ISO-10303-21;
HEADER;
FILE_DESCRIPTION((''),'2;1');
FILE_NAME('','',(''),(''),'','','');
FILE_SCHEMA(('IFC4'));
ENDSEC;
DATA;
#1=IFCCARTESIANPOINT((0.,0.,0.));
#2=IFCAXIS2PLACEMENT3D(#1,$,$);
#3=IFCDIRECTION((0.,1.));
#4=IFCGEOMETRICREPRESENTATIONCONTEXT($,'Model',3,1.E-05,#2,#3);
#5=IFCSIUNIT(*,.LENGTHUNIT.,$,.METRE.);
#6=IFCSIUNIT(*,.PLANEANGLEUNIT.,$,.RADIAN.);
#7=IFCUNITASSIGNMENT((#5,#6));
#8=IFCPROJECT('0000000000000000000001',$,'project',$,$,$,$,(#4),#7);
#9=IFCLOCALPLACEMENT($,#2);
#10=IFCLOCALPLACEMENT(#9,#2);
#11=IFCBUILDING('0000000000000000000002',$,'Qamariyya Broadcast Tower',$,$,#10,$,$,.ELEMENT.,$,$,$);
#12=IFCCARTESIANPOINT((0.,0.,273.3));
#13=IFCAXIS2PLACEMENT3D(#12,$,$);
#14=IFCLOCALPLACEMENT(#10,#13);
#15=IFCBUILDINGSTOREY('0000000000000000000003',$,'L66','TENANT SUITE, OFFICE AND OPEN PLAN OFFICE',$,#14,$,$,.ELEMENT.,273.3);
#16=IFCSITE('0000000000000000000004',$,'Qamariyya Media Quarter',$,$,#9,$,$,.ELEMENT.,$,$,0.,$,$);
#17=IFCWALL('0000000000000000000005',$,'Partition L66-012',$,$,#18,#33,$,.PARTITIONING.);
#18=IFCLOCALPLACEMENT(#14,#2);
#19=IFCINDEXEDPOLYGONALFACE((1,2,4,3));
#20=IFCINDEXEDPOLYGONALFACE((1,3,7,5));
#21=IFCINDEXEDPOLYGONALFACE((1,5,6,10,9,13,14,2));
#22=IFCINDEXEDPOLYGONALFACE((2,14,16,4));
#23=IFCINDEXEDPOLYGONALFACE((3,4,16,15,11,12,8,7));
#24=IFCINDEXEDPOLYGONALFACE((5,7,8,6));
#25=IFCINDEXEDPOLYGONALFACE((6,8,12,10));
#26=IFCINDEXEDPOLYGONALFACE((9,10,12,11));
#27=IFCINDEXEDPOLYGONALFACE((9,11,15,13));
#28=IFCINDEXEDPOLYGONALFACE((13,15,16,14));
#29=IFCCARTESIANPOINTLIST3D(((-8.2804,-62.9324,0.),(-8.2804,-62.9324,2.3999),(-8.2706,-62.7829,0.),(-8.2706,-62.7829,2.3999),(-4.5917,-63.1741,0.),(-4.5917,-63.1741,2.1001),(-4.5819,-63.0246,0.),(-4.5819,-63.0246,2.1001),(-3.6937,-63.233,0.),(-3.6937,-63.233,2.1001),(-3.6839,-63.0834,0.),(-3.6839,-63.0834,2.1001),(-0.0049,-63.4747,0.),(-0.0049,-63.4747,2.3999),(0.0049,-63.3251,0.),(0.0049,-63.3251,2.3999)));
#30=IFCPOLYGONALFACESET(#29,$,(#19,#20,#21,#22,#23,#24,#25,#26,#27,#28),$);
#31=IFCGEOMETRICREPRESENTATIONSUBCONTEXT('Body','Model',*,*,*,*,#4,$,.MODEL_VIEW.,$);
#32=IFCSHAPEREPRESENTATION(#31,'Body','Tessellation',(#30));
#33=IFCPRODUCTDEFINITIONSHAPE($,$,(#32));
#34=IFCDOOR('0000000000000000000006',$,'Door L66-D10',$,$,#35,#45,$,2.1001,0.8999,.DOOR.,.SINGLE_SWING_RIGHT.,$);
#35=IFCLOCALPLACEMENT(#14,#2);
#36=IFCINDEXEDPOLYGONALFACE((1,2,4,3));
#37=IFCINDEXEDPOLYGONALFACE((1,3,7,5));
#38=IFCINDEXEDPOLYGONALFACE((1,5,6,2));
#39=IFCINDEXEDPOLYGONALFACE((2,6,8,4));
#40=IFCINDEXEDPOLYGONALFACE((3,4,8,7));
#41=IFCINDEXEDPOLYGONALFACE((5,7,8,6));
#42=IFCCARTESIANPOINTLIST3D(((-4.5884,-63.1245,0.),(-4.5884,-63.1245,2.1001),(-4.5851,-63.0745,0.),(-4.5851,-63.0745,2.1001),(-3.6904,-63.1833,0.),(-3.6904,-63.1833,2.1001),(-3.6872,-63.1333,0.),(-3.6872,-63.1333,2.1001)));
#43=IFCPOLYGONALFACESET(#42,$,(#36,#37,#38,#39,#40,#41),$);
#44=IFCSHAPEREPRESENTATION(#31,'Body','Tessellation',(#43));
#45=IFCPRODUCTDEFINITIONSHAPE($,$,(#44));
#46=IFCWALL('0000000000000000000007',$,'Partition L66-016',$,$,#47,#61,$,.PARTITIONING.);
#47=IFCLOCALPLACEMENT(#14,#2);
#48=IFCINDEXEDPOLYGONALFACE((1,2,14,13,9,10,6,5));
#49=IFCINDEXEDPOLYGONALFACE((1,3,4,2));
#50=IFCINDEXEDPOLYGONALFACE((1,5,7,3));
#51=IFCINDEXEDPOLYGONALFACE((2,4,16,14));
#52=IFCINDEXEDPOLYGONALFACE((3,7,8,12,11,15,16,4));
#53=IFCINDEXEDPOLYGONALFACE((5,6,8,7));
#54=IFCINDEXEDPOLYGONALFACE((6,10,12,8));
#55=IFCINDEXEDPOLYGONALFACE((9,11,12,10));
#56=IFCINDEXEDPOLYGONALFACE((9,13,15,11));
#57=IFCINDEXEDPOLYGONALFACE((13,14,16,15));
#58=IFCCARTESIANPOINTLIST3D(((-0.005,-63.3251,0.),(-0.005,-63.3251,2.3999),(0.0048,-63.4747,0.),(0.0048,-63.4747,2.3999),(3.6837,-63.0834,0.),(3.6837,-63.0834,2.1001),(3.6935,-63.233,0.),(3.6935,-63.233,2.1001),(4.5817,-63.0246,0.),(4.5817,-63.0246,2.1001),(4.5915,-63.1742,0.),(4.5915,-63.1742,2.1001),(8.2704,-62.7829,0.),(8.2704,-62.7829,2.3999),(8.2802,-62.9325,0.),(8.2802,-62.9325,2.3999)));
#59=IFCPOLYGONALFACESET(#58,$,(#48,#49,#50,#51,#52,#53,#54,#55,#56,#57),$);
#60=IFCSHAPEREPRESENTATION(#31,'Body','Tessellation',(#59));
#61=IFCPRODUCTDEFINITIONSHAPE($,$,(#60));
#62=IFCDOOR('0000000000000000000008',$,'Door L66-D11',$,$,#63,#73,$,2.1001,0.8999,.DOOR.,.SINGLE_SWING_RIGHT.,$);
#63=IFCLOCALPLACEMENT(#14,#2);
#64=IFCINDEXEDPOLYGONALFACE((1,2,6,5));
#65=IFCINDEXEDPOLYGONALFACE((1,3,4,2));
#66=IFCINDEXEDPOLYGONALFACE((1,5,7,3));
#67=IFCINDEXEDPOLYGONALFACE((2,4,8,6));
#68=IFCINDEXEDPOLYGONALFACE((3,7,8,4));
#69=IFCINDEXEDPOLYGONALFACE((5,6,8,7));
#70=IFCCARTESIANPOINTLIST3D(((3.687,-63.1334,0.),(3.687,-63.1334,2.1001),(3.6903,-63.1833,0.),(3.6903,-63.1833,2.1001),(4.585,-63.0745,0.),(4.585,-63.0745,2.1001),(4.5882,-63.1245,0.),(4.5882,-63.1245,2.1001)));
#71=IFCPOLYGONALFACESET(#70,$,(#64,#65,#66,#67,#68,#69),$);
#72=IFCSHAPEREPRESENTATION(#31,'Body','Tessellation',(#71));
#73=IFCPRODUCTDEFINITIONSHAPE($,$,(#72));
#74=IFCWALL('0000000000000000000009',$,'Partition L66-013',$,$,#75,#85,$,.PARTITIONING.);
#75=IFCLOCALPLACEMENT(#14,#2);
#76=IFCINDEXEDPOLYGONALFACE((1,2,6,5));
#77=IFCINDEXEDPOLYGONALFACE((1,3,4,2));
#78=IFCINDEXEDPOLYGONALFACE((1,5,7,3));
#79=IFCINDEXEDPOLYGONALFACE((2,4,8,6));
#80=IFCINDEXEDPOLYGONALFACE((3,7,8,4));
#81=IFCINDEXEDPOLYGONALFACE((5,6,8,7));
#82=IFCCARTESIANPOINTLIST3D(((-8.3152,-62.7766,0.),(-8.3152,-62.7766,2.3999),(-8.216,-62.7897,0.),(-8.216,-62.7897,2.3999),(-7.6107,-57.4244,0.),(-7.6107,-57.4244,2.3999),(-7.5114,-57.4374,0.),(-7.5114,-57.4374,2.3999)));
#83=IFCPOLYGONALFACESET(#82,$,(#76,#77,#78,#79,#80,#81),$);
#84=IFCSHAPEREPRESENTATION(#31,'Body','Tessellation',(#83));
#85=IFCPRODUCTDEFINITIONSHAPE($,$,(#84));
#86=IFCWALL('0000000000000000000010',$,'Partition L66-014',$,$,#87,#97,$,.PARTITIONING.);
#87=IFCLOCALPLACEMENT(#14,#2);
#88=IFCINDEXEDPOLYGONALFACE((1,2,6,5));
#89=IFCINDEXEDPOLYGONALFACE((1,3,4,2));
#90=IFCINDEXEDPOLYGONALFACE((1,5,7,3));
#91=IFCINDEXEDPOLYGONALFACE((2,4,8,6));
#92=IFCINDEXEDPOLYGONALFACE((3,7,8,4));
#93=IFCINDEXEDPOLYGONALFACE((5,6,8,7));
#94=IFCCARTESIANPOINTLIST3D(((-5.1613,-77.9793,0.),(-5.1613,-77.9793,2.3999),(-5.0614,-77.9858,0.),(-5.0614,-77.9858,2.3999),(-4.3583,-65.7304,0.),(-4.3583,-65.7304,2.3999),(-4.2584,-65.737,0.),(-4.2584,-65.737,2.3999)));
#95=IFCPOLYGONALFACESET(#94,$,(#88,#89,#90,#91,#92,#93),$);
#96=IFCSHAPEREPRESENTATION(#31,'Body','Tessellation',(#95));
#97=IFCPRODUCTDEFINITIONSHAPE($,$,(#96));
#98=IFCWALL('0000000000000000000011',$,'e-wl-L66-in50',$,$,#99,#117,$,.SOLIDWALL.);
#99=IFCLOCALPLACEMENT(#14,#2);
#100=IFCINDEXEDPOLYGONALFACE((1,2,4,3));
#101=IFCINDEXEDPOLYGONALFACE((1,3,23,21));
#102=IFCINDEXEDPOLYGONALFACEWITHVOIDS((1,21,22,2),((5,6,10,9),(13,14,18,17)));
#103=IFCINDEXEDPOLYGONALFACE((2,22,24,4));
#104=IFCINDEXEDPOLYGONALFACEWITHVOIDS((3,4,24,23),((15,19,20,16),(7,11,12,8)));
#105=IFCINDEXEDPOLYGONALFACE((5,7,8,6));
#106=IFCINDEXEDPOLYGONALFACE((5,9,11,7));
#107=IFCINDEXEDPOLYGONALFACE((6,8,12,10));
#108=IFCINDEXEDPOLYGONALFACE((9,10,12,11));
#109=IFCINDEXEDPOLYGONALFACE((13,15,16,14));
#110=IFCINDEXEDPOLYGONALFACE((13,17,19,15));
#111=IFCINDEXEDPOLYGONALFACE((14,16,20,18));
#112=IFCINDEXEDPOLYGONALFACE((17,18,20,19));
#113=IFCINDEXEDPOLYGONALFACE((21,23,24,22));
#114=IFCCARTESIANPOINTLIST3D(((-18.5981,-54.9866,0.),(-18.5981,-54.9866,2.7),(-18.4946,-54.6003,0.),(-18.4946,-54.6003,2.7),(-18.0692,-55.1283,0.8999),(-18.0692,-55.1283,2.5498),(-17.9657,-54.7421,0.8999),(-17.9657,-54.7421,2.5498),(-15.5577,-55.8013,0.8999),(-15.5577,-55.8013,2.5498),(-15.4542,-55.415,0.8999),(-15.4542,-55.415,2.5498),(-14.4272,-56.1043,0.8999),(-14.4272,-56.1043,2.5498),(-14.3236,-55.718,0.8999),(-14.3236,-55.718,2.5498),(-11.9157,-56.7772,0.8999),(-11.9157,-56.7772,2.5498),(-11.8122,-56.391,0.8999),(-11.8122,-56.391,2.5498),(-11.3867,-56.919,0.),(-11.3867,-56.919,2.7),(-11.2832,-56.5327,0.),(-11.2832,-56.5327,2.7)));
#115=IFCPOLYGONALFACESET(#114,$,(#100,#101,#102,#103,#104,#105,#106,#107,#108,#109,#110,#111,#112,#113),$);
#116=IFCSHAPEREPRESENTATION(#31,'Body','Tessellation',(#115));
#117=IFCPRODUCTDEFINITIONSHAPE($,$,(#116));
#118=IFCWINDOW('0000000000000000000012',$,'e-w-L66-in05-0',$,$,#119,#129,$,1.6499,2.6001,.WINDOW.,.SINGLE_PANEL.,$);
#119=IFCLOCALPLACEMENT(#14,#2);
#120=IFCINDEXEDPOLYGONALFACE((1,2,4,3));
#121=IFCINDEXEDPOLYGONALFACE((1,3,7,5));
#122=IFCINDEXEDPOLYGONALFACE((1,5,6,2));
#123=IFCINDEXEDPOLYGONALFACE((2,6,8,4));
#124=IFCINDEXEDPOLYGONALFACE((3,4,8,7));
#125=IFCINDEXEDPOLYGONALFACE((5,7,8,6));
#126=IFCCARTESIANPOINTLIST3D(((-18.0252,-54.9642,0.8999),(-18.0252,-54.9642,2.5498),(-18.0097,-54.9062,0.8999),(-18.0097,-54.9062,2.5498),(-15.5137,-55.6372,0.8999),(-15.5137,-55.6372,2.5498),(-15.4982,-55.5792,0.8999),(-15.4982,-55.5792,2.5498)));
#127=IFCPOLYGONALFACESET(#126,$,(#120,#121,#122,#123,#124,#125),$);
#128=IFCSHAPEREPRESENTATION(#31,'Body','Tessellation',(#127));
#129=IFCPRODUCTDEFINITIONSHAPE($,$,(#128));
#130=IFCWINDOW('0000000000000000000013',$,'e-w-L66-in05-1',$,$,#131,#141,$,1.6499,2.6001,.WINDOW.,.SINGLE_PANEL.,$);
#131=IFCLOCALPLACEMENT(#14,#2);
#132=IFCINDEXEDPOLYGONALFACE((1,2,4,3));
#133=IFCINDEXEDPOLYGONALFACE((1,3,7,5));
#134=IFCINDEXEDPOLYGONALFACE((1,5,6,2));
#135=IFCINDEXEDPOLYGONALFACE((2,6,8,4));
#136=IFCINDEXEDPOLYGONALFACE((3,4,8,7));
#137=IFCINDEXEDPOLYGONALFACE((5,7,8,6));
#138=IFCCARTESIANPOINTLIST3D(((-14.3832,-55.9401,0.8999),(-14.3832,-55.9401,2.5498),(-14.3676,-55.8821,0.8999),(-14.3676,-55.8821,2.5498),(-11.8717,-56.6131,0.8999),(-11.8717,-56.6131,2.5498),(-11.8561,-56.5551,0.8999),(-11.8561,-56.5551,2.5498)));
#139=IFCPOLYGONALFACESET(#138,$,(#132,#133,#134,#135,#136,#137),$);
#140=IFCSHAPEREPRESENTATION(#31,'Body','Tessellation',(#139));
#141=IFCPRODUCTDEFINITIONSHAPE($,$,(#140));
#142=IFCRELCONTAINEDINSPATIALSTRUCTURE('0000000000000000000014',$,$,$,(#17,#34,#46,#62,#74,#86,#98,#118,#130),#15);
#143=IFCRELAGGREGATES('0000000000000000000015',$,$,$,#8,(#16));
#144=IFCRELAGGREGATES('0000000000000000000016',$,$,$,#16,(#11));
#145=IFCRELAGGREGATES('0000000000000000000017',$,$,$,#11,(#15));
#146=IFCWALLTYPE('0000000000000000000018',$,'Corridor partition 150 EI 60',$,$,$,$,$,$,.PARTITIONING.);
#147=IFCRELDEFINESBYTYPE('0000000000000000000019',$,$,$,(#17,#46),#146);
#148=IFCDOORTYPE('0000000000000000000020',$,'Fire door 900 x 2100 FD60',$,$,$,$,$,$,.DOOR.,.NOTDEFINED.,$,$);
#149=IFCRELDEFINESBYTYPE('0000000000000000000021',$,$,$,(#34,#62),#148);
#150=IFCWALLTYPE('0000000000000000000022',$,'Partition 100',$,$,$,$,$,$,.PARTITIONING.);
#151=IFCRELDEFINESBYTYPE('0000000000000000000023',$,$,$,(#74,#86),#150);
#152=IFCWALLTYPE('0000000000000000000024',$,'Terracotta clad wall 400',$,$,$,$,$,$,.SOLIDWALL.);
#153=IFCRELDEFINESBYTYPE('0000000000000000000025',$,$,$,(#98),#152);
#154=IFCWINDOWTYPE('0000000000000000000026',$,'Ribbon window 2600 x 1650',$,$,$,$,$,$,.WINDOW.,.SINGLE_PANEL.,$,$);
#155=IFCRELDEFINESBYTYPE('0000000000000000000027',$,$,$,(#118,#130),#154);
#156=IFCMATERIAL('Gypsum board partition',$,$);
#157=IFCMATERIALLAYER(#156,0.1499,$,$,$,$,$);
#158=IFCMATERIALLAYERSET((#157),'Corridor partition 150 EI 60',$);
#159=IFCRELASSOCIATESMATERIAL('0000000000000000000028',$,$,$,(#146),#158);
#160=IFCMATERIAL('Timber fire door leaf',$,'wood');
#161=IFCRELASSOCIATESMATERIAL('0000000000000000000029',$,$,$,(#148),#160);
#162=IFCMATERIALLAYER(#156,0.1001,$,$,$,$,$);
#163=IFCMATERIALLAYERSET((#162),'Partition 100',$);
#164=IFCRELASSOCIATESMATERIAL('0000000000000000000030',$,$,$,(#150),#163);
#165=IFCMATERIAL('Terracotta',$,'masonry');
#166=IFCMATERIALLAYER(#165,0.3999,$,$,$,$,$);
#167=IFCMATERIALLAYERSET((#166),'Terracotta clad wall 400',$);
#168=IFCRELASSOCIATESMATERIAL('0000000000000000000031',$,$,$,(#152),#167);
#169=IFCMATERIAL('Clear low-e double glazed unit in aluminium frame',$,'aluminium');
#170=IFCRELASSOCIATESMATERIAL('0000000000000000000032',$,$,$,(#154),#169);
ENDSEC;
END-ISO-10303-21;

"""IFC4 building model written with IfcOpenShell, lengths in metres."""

from ifc_helpers import new_model, si_unit, direction, frame, frame_2d, origin, place, context, subcontext, project, spatial, rectangle, extrude, material, layer, layer_set, type_object, element, fill, save


model = new_model("IFC4")

# Units and contexts
model_context = context("Model", 3, precision=1e-05, world=origin(), true_north=direction((0.0, 1.0)))
body_context = subcontext(model_context, "Body", "Model", "MODEL_VIEW")
ifc_project = project(units=[si_unit("LENGTHUNIT", "METRE"), si_unit("PLANEANGLEUNIT", "RADIAN")], contexts=[model_context])

# Site, building, storey
site_placement = place(None, origin())
site = spatial("IfcSite", under=ifc_project, at=site_placement, Name="Qamariyya Media Quarter", CompositionType="ELEMENT", RefElevation=0.0)
building_placement = place(site_placement, origin())
building = spatial("IfcBuilding", under=site, at=building_placement, Name="Qamariyya Broadcast Tower", CompositionType="ELEMENT")
storey_placement = place(building_placement, frame((0.0, 0.0, 273.3)))
storey = spatial("IfcBuildingStorey", under=building, at=storey_placement, Name="L66", Description="TENANT SUITE, OFFICE AND OPEN PLAN OFFICE", CompositionType="ELEMENT", Elevation=273.3)

# Walls, openings, doors
ifc_material_1 = material(Name="Gypsum board partition")
ifc_layer_1 = layer(ifc_material_1, 0.1499)
ifc_layer_set_1 = layer_set([ifc_layer_1], Name="Corridor partition 150 EI 60")
wall_type_1 = type_object("IfcWallType", Name="Corridor partition 150 EI 60", PredefinedType="PARTITIONING", material=ifc_layer_set_1)
ifc_material_2 = material(Name="Timber fire door leaf", Category="wood")
door_type_1 = type_object("IfcDoorType", Name="Fire door 900 x 2100 FD60", OperationType="NOTDEFINED", PredefinedType="DOOR", material=ifc_material_2)
wall_1_placement = place(storey_placement, frame((-8.2754, -62.8577, 0.0), z_axis=(0.0, 0.0, 1.0), x_axis=(0.99786, -0.065384, 0.0)))
wall_1 = element("IfcWall", 1, at=wall_1_placement, inside=storey, type_object=wall_type_1, Name="Partition L66-012", PredefinedType="PARTITIONING", context=body_context, shape_type="SweptSolid", body=[
    extrude(rectangle(XDim=8.2932, YDim=0.1499, at=frame_2d((4.1465, 0.0))), origin(), (0.0, 0.0, 1.0), 2.3999),
])
opening_1_placement = place(wall_1_placement, frame((3.6965, 0.0, 0.0)))
opening_1 = element("IfcOpeningElement", 2, at=opening_1_placement, cuts=wall_1, PredefinedType="OPENING", context=body_context, shape_type="SweptSolid", body=[
    extrude(rectangle(XDim=0.8999, YDim=2.1001, at=frame_2d((0.45, 1.05))), frame((0.0, 0.085, 0.0), z_axis=(0.0, -1.0, 0.0), x_axis=(1.0, 0.0, 0.0)), (0.0, 0.0, 1.0), 0.1699),
])
door_1_placement = place(opening_1_placement, origin())
door_1 = element("IfcDoor", 3, at=door_1_placement, inside=storey, type_object=door_type_1, Name="Door L66-D10", OperationType="SINGLE_SWING_RIGHT", OverallHeight=2.1001, OverallWidth=0.8999, PredefinedType="DOOR", context=body_context, shape_type="SweptSolid", body=[
    extrude(rectangle(XDim=0.8999, YDim=2.1001, at=frame_2d((0.45, 1.05))), frame((0.0, 0.0249, 0.0), z_axis=(0.0, -1.0, 0.0), x_axis=(1.0, 0.0, 0.0)), (0.0, 0.0, 1.0), 0.05),
])
fill(opening_1, door_1)
wall_2_placement = place(storey_placement, frame((0.0, -63.3999, 0.0), z_axis=(0.0, 0.0, 1.0), x_axis=(0.99786, 0.065384, 0.0)))
wall_2 = element("IfcWall", 4, at=wall_2_placement, inside=storey, type_object=wall_type_1, Name="Partition L66-016", PredefinedType="PARTITIONING", context=body_context, shape_type="SweptSolid", body=[
    extrude(rectangle(XDim=8.2932, YDim=0.1499, at=frame_2d((4.1465, 0.0))), origin(), (0.0, 0.0, 1.0), 2.3999),
])
opening_2_placement = place(wall_2_placement, frame((3.6965, 0.0, 0.0)))
opening_2 = element("IfcOpeningElement", 5, at=opening_2_placement, cuts=wall_2, PredefinedType="OPENING", context=body_context, shape_type="SweptSolid", body=[
    extrude(rectangle(XDim=0.8999, YDim=2.1001, at=frame_2d((0.45, 1.05))), frame((0.0, 0.085, 0.0), z_axis=(0.0, -1.0, 0.0), x_axis=(1.0, 0.0, 0.0)), (0.0, 0.0, 1.0), 0.1699),
])
door_2_placement = place(opening_2_placement, origin())
door_2 = element("IfcDoor", 6, at=door_2_placement, inside=storey, type_object=door_type_1, Name="Door L66-D11", OperationType="SINGLE_SWING_RIGHT", OverallHeight=2.1001, OverallWidth=0.8999, PredefinedType="DOOR", context=body_context, shape_type="SweptSolid", body=[
    extrude(rectangle(XDim=0.8999, YDim=2.1001, at=frame_2d((0.45, 1.05))), frame((0.0, 0.0249, 0.0), z_axis=(0.0, -1.0, 0.0), x_axis=(1.0, 0.0, 0.0)), (0.0, 0.0, 1.0), 0.05),
])
fill(opening_2, door_2)

# Walls
ifc_layer_2 = layer(ifc_material_1, 0.1001)
ifc_layer_set_2 = layer_set([ifc_layer_2], Name="Partition 100")
wall_type_2 = type_object("IfcWallType", Name="Partition 100", PredefinedType="PARTITIONING", material=ifc_layer_set_2)
wall_3_placement = place(storey_placement, frame((-7.561, -57.4309, 0.0), z_axis=(0.0, 0.0, 1.0), x_axis=(-0.130517, -0.991446, 0.0)))
element("IfcWall", 7, at=wall_3_placement, inside=storey, type_object=wall_type_2, Name="Partition L66-013", PredefinedType="PARTITIONING", context=body_context, shape_type="SweptSolid", body=[
    extrude(rectangle(XDim=5.3984, YDim=0.1001, at=frame_2d((2.6992, 0.0))), origin(), (0.0, 0.0, 1.0), 2.3999),
])
wall_4_placement = place(storey_placement, frame((-5.1113, -77.9827, 0.0), z_axis=(0.0, 0.0, 1.0), x_axis=(0.065415, 0.997858, 0.0)))
element("IfcWall", 8, at=wall_4_placement, inside=storey, type_object=wall_type_2, Name="Partition L66-014", PredefinedType="PARTITIONING", context=body_context, shape_type="SweptSolid", body=[
    extrude(rectangle(XDim=12.2751, YDim=0.1001, at=frame_2d((6.1377, 0.0))), origin(), (0.0, 0.0, 1.0), 2.3999),
])

# Wall, openings, windows
ifc_material_3 = material(Name="Terracotta", Category="masonry")
ifc_layer_3 = layer(ifc_material_3, 0.3999)
ifc_layer_set_3 = layer_set([ifc_layer_3], Name="Terracotta clad wall 400")
wall_type_3 = type_object("IfcWallType", Name="Terracotta clad wall 400", PredefinedType="SOLIDWALL", material=ifc_layer_set_3)
wall_5_placement = place(storey_placement, frame((-11.335, -56.7258, 0.0), z_axis=(0.0, 0.0, 1.0), x_axis=(-0.965923, 0.258829, 0.0)))
wall_5 = element("IfcWall", 9, at=wall_5_placement, inside=storey, type_object=wall_type_3, Name="e-wl-L66-in50", PredefinedType="SOLIDWALL", context=body_context, shape_type="SweptSolid", body=[
    extrude(rectangle(XDim=7.4658, YDim=0.3999, at=frame_2d((3.7329, 0.0))), origin(), (0.0, 0.0, 1.0), 2.7),
])
opening_3_placement = place(wall_5_placement, frame((4.3181, 0.0, 0.8999)))
opening_3 = element("IfcOpeningElement", 10, at=opening_3_placement, cuts=wall_5, PredefinedType="OPENING", context=body_context, shape_type="SweptSolid", body=[
    extrude(rectangle(XDim=2.6001, YDim=1.6499, at=frame_2d((1.3, 0.825))), frame((0.0, 0.21, 0.0), z_axis=(0.0, -1.0, 0.0), x_axis=(1.0, 0.0, 0.0)), (0.0, 0.0, 1.0), 0.4199),
])
opening_4_placement = place(wall_5_placement, frame((0.5476, 0.0, 0.8999)))
opening_4 = element("IfcOpeningElement", 11, at=opening_4_placement, cuts=wall_5, PredefinedType="OPENING", context=body_context, shape_type="SweptSolid", body=[
    extrude(rectangle(XDim=2.6001, YDim=1.6499, at=frame_2d((1.3, 0.825))), frame((0.0, 0.21, 0.0), z_axis=(0.0, -1.0, 0.0), x_axis=(1.0, 0.0, 0.0)), (0.0, 0.0, 1.0), 0.4199),
])
ifc_material_4 = material(Name="Clear low-e double glazed unit in aluminium frame", Category="aluminium")
window_type = type_object("IfcWindowType", Name="Ribbon window 2600 x 1650", PartitioningType="SINGLE_PANEL", PredefinedType="WINDOW", material=ifc_material_4)
window_1_placement = place(opening_3_placement, origin())
window_1 = element("IfcWindow", 12, at=window_1_placement, inside=storey, type_object=window_type, Name="e-w-L66-in05-0", OverallHeight=1.6499, OverallWidth=2.6001, PartitioningType="SINGLE_PANEL", PredefinedType="WINDOW", context=body_context, shape_type="SweptSolid", body=[
    extrude(rectangle(XDim=2.6001, YDim=1.6499, at=frame_2d((1.3, 0.825))), frame((0.0, 0.03, 0.0), z_axis=(0.0, -1.0, 0.0), x_axis=(1.0, 0.0, 0.0)), (0.0, 0.0, 1.0), 0.0601),
])
fill(opening_3, window_1)
window_2_placement = place(opening_4_placement, origin())
window_2 = element("IfcWindow", 13, at=window_2_placement, inside=storey, type_object=window_type, Name="e-w-L66-in05-1", OverallHeight=1.6499, OverallWidth=2.6001, PartitioningType="SINGLE_PANEL", PredefinedType="WINDOW", context=body_context, shape_type="SweptSolid", body=[
    extrude(rectangle(XDim=2.6001, YDim=1.6499, at=frame_2d((1.3, 0.825))), frame((0.0, 0.03, 0.0), z_axis=(0.0, -1.0, 0.0), x_axis=(1.0, 0.0, 0.0)), (0.0, 0.0, 1.0), 0.0601),
])
fill(opening_4, window_2)

save(model, "model.ifc")
